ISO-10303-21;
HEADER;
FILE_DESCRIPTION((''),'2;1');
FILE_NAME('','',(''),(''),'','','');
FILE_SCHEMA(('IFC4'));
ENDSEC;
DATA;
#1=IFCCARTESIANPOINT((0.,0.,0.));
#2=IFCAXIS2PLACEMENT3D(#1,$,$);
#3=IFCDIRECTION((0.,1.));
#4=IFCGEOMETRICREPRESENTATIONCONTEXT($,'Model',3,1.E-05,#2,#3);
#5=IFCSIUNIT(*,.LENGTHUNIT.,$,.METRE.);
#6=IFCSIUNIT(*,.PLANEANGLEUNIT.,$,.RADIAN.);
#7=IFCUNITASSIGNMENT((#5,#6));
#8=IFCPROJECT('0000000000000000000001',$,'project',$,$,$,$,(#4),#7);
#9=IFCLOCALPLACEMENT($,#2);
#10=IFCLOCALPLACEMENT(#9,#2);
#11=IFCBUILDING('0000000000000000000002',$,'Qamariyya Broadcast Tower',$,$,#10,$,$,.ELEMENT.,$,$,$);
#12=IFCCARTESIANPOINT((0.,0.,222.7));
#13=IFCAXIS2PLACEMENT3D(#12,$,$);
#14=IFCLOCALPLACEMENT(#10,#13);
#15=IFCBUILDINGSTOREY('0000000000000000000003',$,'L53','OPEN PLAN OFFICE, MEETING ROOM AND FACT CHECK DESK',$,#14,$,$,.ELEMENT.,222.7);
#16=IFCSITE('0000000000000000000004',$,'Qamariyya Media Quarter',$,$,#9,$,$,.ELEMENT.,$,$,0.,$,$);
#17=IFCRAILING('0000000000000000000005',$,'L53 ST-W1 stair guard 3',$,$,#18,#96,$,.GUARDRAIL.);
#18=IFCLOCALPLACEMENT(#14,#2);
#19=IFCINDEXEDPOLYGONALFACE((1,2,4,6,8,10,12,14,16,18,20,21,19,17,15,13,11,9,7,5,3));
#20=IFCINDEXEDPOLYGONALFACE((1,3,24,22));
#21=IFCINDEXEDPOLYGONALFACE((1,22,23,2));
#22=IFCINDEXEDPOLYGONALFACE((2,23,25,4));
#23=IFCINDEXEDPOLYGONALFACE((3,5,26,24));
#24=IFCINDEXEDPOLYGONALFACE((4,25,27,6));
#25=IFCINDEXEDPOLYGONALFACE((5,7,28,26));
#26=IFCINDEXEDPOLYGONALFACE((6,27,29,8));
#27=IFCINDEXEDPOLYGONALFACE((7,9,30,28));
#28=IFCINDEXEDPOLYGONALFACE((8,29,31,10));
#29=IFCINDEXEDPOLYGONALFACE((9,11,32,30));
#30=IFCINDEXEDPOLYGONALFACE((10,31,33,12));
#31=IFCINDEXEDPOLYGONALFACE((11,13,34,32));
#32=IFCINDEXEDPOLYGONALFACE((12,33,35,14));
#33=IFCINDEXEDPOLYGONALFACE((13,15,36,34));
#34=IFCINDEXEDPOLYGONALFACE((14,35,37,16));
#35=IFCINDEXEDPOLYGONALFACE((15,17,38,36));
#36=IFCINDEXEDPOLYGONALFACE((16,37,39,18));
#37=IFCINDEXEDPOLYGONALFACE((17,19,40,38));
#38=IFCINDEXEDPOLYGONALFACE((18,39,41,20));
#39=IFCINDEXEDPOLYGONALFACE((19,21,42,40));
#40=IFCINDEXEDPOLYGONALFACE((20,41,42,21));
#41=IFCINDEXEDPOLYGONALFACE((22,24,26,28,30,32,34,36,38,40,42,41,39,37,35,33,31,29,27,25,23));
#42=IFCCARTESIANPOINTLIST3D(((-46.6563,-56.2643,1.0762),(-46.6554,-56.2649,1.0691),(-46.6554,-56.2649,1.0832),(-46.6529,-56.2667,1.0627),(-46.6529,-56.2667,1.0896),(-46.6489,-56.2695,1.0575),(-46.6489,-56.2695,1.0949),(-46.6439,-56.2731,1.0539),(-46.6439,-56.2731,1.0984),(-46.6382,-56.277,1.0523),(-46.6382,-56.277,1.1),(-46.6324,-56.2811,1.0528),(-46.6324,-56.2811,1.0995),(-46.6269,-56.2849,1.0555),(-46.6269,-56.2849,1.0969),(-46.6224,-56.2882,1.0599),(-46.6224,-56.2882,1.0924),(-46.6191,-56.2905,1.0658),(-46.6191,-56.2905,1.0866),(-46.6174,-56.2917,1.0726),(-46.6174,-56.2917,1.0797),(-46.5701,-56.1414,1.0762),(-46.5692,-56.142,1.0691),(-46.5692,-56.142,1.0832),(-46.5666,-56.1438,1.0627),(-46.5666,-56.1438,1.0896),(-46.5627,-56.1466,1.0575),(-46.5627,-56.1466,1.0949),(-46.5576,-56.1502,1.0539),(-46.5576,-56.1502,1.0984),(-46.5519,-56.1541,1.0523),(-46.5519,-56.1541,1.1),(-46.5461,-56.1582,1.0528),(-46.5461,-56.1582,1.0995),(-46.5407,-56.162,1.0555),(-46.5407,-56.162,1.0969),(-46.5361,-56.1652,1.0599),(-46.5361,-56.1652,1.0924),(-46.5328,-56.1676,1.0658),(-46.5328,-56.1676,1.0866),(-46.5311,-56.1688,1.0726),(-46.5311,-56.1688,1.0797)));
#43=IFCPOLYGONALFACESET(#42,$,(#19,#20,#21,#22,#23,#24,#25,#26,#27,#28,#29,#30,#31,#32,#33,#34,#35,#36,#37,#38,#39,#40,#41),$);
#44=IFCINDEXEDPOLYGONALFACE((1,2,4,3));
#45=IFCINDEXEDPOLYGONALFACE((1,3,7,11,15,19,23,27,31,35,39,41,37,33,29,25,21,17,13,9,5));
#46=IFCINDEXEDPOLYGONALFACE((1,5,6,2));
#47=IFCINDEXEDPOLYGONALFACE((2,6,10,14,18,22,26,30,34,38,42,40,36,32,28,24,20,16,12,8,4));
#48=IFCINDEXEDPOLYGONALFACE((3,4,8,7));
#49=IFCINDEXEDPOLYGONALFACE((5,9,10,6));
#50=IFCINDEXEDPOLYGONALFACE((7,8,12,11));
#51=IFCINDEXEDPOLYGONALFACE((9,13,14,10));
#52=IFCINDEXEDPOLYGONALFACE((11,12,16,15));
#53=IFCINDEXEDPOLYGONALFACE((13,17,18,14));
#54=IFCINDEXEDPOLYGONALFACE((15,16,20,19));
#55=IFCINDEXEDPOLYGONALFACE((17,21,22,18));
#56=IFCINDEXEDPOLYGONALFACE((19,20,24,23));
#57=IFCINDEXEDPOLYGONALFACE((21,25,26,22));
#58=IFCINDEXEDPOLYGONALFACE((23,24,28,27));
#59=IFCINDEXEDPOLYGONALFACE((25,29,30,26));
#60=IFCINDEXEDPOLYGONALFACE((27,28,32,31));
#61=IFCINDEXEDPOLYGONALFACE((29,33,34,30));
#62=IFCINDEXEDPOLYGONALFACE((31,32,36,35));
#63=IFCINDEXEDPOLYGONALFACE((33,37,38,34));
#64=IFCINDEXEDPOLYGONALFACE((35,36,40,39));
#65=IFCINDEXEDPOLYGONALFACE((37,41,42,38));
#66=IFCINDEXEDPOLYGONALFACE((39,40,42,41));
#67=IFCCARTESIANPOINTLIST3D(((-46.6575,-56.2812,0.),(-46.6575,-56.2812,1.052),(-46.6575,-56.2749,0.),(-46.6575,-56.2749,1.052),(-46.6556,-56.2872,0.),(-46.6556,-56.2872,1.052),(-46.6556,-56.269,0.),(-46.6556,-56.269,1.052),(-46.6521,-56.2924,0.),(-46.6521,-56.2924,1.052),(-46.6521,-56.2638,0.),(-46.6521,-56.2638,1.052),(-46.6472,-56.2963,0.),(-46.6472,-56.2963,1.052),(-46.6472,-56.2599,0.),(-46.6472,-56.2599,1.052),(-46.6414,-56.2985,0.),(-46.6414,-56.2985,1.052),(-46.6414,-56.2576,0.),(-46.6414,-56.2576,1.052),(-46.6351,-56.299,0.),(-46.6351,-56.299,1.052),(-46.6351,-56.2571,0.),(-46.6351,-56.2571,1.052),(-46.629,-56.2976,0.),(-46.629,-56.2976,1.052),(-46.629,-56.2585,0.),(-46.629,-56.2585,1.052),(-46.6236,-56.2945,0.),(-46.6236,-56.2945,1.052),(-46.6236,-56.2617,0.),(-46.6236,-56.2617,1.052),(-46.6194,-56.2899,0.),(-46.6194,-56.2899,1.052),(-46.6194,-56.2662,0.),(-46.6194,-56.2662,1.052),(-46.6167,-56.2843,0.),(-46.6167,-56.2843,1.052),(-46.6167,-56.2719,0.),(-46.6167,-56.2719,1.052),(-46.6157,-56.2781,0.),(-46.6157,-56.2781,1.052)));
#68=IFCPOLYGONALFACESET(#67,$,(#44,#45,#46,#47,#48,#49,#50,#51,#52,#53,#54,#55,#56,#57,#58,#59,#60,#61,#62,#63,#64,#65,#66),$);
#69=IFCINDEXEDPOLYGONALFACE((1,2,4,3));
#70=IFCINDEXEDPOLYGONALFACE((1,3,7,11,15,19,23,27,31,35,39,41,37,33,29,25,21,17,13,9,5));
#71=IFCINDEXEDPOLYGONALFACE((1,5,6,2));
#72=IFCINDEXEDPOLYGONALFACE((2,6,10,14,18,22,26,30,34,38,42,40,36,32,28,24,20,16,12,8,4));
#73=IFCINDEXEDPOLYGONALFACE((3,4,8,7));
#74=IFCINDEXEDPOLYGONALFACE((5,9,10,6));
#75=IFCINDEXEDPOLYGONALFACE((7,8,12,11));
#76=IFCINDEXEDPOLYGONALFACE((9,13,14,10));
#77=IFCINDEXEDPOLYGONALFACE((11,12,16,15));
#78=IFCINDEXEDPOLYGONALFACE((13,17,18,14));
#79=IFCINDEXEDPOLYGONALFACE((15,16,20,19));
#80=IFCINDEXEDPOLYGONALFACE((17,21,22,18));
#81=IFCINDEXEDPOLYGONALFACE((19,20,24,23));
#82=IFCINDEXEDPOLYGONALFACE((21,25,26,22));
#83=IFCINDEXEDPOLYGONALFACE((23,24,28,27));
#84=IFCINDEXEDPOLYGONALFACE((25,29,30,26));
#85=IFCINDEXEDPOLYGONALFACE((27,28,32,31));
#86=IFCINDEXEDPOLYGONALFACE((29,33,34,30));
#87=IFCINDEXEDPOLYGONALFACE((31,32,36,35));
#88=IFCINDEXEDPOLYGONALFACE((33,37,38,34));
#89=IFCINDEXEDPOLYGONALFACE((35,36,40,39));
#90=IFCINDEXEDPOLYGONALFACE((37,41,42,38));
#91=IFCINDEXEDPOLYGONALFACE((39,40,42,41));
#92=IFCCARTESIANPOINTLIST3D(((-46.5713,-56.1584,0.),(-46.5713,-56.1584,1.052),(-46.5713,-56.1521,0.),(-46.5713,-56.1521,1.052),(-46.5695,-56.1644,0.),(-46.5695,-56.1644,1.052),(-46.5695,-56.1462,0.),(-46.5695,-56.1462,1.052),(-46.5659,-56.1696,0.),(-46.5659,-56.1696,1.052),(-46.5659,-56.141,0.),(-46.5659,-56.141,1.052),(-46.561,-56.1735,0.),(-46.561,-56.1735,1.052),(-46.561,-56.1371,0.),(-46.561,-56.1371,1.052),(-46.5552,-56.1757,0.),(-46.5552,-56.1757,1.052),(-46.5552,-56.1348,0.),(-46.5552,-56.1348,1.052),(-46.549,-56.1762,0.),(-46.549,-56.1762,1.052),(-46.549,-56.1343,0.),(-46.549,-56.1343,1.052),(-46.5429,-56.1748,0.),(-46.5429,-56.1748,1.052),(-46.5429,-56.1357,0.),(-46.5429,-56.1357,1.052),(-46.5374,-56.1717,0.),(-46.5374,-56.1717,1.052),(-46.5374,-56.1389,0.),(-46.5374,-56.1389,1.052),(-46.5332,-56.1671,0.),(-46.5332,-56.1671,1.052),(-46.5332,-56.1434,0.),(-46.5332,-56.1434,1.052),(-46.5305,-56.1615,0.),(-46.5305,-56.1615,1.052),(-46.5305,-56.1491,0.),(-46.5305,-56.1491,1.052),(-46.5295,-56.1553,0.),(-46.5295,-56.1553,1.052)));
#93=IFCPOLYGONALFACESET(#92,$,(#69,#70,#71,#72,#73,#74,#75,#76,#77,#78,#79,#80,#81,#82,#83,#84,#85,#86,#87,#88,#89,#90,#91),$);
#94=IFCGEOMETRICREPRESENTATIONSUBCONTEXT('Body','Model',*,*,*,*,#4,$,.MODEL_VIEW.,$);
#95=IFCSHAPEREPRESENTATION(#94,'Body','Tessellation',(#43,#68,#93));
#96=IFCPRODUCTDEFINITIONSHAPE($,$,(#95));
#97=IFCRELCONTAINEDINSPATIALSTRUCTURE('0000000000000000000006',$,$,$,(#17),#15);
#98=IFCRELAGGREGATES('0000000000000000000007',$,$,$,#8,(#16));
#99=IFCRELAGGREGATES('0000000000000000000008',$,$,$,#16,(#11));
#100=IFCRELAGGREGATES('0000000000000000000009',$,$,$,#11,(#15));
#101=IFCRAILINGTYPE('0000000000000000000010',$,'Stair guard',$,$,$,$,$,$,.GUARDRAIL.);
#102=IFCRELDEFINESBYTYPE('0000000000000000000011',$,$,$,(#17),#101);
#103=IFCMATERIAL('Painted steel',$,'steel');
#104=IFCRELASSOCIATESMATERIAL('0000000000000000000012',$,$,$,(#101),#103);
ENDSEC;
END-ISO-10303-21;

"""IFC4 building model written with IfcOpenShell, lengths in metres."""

from ifc_helpers import new_model, si_unit, direction, frame, origin, origin_2d, place, context, subcontext, project, spatial, circle, extrude, material, type_object, element, save


model = new_model("IFC4")

# Units and contexts
model_context = context("Model", 3, precision=1e-05, world=origin(), true_north=direction((0.0, 1.0)))
body_context = subcontext(model_context, "Body", "Model", "MODEL_VIEW")
ifc_project = project(units=[si_unit("LENGTHUNIT", "METRE"), si_unit("PLANEANGLEUNIT", "RADIAN")], contexts=[model_context])

# Site, building, storey
site_placement = place(None, origin())
site = spatial("IfcSite", under=ifc_project, at=site_placement, Name="Qamariyya Media Quarter", CompositionType="ELEMENT", RefElevation=0.0)
building_placement = place(site_placement, origin())
building = spatial("IfcBuilding", under=site, at=building_placement, Name="Qamariyya Broadcast Tower", CompositionType="ELEMENT")
storey_placement = place(building_placement, frame((0.0, 0.0, 222.7)))
storey = spatial("IfcBuildingStorey", under=building, at=storey_placement, Name="L53", Description="OPEN PLAN OFFICE, MEETING ROOM AND FACT CHECK DESK", CompositionType="ELEMENT", Elevation=222.7)

# Railing
ifc_material_1 = material(Name="Painted steel", Category="steel")
railing_type_1 = type_object("IfcRailingType", Name="Stair guard", PredefinedType="GUARDRAIL", material=ifc_material_1)
railing_1_placement = place(storey_placement, frame((-46.6367, -56.2781, 0.0)))
element("IfcRailing", 1, at=railing_1_placement, inside=storey, type_object=railing_type_1, Name="L53 ST-W1 stair guard 3", PredefinedType="GUARDRAIL", context=body_context, shape_type="SweptSolid", body=[
    extrude(circle(Radius=0.0239, at=origin_2d()), frame((0.0, 0.0, 1.0762), z_axis=(0.574445, 0.818543, 0.0), x_axis=(-0.818543, 0.574445, 0.0)), (0.0, 0.0, 1.0), 0.1501),
    extrude(circle(Radius=0.021, at=origin_2d()), origin(), (0.0, 0.0, 1.0), 1.052),
    extrude(circle(Radius=0.021, at=origin_2d()), frame((0.0862, 0.1228, 0.0)), (0.0, 0.0, 1.0), 1.052),
])

save(model, "model.ifc")
